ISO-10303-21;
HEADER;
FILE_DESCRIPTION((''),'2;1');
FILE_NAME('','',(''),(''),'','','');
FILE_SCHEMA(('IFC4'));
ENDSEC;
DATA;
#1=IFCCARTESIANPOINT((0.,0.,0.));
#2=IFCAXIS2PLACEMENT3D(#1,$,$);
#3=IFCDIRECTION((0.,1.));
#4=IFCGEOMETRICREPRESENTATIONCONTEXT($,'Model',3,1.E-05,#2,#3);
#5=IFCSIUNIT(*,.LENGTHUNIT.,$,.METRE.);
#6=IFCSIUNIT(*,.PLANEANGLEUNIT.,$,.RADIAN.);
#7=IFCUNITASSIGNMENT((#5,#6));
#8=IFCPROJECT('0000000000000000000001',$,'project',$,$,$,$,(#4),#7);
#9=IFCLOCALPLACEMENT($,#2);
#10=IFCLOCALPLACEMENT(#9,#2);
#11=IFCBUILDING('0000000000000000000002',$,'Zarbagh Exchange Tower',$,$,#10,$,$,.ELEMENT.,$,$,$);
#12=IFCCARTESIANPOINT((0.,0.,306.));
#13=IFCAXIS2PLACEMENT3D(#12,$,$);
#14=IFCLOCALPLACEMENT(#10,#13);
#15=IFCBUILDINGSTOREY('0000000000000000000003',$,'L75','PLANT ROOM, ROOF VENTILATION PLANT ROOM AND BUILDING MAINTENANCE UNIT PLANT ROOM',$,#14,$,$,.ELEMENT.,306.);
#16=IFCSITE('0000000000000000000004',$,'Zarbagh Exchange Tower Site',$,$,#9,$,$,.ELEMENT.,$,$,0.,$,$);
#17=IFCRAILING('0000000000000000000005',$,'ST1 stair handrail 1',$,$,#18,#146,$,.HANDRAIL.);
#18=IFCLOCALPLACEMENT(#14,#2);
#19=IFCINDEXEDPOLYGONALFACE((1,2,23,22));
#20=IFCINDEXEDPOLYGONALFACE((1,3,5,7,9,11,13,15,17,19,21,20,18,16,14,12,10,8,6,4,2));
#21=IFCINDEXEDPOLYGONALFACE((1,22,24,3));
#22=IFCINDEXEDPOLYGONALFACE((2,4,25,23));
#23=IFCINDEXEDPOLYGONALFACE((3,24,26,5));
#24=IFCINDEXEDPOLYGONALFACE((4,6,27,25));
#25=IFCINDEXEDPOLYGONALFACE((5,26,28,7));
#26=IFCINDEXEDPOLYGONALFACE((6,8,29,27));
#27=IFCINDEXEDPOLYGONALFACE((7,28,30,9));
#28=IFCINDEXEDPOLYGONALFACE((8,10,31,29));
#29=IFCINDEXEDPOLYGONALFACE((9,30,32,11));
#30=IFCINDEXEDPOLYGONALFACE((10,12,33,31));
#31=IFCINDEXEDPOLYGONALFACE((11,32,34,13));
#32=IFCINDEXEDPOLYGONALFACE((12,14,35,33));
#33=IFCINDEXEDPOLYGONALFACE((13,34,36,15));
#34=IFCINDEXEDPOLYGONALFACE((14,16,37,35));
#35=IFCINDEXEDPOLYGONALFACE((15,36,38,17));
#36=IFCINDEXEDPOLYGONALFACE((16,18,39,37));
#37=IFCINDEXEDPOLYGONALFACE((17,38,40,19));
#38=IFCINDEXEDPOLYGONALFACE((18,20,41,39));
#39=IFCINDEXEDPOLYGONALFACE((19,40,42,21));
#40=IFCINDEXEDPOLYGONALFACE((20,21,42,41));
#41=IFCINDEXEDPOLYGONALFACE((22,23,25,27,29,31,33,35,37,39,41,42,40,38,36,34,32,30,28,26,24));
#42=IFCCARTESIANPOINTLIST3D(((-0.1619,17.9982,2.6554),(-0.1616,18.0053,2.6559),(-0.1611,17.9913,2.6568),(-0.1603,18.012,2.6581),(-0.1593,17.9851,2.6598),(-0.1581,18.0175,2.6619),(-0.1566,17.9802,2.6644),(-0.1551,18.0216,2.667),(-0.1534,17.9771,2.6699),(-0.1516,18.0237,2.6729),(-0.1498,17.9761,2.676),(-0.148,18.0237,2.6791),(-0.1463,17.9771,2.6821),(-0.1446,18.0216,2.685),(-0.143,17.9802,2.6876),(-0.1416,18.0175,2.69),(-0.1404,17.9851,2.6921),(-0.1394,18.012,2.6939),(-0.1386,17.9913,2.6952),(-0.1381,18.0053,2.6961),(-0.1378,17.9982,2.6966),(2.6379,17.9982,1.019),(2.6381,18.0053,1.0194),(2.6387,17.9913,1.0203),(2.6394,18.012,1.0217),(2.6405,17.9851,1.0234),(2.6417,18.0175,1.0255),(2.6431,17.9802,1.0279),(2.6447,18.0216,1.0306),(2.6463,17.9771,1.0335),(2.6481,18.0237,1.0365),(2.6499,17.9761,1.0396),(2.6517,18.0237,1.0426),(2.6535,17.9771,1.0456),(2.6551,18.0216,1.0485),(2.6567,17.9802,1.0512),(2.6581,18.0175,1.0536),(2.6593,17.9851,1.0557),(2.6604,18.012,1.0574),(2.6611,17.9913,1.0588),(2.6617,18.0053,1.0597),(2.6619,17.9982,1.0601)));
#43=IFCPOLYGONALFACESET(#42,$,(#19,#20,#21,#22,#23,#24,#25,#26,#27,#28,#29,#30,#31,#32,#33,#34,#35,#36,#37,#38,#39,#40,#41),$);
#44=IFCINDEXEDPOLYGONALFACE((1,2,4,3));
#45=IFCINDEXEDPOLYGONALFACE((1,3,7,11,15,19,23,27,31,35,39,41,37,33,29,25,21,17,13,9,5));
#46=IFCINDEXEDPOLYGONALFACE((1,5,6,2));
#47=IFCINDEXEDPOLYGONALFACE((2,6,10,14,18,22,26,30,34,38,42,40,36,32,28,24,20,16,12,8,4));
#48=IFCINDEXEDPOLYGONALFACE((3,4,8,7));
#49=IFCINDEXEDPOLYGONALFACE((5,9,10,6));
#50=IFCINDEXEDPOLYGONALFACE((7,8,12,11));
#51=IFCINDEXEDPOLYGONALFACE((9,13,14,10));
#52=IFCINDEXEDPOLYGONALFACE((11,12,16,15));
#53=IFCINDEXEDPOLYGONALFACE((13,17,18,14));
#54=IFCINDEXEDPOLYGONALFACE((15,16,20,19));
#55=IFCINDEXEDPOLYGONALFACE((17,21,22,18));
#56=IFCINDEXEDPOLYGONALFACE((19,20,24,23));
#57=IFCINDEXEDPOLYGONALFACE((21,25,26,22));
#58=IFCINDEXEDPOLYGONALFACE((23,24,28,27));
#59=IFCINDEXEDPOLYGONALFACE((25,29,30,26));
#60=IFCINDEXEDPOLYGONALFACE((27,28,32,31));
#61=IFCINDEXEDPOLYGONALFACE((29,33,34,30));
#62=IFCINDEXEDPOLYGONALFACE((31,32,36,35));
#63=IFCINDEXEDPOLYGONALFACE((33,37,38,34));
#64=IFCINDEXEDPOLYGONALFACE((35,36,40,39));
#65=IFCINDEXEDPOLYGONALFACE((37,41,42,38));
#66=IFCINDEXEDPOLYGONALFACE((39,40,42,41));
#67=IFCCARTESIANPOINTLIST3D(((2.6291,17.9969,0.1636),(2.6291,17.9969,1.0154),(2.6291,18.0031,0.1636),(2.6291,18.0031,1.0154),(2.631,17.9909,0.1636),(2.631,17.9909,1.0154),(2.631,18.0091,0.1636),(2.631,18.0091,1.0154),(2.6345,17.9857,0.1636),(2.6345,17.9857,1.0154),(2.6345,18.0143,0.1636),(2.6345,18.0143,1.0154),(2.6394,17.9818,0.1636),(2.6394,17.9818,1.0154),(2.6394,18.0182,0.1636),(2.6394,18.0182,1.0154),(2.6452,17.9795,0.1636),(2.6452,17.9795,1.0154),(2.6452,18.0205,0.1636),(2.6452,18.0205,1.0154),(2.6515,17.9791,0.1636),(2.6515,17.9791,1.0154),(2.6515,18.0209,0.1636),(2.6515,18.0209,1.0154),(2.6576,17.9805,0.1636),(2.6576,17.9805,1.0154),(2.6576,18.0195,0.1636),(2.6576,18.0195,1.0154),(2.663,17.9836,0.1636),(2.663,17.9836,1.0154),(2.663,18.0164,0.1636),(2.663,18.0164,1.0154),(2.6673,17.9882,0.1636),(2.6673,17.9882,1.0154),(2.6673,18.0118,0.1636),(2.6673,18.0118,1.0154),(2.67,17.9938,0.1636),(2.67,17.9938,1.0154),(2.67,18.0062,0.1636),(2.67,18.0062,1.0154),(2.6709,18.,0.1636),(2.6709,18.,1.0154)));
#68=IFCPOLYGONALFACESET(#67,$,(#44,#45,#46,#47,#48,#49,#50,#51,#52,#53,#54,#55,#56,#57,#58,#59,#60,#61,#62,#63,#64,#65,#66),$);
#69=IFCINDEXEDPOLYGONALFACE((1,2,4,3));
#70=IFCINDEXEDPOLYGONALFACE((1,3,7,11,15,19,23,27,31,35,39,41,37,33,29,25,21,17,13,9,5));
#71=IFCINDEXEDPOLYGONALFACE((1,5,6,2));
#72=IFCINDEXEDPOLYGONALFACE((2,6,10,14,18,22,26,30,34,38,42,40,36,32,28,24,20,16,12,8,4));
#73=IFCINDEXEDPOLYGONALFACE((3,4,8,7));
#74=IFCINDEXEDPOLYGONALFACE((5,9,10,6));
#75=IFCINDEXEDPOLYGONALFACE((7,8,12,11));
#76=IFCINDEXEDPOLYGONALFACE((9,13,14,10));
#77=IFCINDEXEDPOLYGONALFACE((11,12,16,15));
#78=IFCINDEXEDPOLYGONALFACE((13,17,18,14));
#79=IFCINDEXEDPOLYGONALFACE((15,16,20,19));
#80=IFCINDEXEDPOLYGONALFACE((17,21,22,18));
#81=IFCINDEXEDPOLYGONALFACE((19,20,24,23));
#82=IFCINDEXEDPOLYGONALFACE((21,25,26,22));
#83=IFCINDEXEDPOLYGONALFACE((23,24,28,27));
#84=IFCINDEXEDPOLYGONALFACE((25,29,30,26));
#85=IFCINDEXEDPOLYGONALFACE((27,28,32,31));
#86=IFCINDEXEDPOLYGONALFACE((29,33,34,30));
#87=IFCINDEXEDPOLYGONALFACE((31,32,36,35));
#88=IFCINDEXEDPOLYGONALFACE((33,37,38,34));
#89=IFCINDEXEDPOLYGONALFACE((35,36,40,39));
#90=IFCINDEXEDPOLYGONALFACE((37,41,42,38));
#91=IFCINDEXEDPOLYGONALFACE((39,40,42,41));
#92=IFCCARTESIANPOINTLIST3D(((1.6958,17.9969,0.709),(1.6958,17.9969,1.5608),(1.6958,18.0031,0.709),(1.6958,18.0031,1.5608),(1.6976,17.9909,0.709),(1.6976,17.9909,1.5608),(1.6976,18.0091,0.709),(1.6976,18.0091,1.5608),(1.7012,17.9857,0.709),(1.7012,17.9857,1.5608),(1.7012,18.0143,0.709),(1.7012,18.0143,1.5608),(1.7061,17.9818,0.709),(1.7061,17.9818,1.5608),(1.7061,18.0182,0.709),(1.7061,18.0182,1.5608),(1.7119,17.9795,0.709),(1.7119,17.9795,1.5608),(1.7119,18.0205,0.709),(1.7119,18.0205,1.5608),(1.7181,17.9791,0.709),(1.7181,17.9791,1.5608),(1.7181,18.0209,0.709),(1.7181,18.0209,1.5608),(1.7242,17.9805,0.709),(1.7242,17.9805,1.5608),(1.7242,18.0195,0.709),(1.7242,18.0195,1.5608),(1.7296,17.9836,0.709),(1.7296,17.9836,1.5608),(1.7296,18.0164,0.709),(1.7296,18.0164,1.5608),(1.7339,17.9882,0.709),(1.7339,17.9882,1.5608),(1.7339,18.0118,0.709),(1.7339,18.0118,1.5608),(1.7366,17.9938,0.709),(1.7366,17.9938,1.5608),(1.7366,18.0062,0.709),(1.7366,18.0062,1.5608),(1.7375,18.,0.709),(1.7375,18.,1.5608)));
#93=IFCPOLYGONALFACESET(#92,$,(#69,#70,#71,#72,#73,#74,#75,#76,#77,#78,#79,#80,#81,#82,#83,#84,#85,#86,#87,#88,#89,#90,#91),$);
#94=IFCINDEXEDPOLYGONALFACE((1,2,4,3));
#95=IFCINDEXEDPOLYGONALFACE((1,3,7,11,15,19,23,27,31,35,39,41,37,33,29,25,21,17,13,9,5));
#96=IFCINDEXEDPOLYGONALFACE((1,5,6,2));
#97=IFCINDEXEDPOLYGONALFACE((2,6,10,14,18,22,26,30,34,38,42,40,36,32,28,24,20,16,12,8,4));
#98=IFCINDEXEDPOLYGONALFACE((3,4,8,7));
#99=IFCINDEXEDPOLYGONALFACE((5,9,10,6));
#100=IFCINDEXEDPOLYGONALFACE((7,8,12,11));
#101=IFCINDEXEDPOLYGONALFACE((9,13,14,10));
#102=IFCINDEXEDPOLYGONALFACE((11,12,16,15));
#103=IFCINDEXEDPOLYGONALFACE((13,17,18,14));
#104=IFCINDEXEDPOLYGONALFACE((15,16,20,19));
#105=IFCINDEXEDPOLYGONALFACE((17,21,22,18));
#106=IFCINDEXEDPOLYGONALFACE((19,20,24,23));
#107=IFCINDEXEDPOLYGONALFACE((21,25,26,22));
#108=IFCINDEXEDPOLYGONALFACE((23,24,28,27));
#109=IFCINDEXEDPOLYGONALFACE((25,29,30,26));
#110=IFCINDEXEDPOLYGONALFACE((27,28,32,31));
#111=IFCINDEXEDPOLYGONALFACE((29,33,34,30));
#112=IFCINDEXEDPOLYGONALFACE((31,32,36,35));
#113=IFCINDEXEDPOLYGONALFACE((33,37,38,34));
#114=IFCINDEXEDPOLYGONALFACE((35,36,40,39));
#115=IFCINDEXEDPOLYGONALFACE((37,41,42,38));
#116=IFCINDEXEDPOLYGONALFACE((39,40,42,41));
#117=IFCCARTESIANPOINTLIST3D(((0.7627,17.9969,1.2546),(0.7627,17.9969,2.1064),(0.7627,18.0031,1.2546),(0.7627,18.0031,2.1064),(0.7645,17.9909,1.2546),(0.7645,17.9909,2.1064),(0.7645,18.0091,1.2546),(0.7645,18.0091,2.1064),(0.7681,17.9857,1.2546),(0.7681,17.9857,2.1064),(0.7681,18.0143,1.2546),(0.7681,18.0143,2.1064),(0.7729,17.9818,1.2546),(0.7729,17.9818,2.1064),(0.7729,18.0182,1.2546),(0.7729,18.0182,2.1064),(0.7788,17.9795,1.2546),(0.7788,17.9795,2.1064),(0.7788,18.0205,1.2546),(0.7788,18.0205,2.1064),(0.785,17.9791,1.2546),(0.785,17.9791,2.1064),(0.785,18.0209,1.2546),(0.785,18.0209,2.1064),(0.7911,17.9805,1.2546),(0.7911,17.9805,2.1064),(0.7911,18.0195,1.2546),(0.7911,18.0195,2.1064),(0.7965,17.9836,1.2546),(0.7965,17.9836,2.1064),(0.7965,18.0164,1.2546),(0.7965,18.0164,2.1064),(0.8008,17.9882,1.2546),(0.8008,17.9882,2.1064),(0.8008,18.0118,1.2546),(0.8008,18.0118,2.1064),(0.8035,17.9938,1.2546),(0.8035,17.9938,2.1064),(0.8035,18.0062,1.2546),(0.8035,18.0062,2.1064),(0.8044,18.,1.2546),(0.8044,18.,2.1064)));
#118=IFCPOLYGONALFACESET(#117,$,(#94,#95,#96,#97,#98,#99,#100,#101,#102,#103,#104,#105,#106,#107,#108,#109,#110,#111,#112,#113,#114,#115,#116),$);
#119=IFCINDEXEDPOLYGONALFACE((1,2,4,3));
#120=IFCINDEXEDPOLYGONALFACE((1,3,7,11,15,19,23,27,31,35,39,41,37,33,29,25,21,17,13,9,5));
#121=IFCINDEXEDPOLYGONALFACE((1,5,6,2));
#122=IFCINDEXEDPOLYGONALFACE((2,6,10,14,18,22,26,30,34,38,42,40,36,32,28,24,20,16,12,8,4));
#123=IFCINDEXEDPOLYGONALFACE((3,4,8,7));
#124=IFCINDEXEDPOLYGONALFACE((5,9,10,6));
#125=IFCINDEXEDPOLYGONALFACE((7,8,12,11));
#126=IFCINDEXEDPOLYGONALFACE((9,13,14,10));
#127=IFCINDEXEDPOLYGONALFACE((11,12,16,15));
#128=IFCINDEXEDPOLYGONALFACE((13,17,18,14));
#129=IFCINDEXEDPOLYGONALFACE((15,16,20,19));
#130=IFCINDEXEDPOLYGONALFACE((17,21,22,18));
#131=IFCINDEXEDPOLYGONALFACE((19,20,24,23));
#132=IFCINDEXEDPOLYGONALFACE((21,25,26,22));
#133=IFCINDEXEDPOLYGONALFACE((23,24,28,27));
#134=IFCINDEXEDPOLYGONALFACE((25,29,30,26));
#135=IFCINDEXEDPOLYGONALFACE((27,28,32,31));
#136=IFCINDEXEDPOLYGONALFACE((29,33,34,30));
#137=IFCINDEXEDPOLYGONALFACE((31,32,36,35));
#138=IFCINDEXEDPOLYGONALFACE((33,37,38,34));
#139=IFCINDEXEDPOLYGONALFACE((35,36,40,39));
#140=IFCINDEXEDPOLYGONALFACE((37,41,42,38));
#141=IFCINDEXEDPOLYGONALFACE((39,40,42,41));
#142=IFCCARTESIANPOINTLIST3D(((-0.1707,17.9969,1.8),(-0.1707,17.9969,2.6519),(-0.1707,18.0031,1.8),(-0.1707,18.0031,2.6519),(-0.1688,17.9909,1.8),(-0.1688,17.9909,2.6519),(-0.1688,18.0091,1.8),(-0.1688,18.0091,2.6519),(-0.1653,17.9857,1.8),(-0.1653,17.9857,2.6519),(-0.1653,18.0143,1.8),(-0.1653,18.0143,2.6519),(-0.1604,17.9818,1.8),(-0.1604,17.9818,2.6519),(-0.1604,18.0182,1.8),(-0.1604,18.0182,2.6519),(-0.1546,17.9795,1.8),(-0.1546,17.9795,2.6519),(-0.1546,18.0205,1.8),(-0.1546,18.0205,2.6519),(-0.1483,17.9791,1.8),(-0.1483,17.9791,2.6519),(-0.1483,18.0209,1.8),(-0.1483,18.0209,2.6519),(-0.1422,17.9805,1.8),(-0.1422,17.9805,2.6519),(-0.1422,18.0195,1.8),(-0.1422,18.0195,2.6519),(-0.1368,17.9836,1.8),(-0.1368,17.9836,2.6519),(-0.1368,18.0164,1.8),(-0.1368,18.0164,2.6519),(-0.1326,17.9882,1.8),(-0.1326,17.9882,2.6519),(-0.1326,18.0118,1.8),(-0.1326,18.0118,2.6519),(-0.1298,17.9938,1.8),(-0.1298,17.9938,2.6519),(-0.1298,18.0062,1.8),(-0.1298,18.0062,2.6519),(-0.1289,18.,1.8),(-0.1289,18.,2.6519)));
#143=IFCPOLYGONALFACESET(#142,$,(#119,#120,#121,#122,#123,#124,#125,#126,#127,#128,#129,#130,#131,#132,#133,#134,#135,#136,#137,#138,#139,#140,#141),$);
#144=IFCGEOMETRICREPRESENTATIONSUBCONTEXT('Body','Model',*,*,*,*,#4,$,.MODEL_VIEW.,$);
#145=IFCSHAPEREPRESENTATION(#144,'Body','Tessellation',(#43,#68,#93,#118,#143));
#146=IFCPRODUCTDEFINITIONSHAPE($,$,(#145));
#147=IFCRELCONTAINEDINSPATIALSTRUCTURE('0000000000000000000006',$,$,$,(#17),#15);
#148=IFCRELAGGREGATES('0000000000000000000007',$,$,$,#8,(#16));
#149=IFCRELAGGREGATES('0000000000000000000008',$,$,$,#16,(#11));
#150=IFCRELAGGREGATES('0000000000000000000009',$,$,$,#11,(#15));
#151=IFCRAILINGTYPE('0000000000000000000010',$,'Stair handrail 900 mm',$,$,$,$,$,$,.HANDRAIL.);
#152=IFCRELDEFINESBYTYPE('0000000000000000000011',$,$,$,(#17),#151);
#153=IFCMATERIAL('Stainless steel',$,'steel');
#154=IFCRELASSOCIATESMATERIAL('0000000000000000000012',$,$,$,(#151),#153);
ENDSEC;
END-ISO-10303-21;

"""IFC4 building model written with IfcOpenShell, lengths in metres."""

from ifc_helpers import new_model, si_unit, direction, frame, origin, origin_2d, place, context, subcontext, project, spatial, circle, extrude, material, type_object, element, save


model = new_model("IFC4")

# Units and contexts
model_context = context("Model", 3, precision=1e-05, world=origin(), true_north=direction((0.0, 1.0)))
body_context = subcontext(model_context, "Body", "Model", "MODEL_VIEW")
ifc_project = project(units=[si_unit("LENGTHUNIT", "METRE"), si_unit("PLANEANGLEUNIT", "RADIAN")], contexts=[model_context])

# Site, building, storey
site_placement = place(None, origin())
site = spatial("IfcSite", under=ifc_project, at=site_placement, Name="Zarbagh Exchange Tower Site", CompositionType="ELEMENT", RefElevation=0.0)
building_placement = place(site_placement, origin())
building = spatial("IfcBuilding", under=site, at=building_placement, Name="Zarbagh Exchange Tower", CompositionType="ELEMENT")
storey_placement = place(building_placement, frame((0.0, 0.0, 306.0)))
storey = spatial("IfcBuildingStorey", under=building, at=storey_placement, Name="L75", Description="PLANT ROOM, ROOF VENTILATION PLANT ROOM AND BUILDING MAINTENANCE UNIT PLANT ROOM", CompositionType="ELEMENT", Elevation=306.0)

# Shared definitions
ifc_material_1 = material(Name="Stainless steel", Category="steel")

# Railing
railing_type_1 = type_object("IfcRailingType", Name="Stair handrail 900 mm", PredefinedType="HANDRAIL", material=ifc_material_1)
railing_1_placement = place(storey_placement, frame((2.6499, 18.0, 0.1636)))
element("IfcRailing", 1, at=railing_1_placement, inside=storey, type_object=railing_type_1, Name="ST1 stair handrail 1", PredefinedType="HANDRAIL", context=body_context, shape_type="SweptSolid", body=[
    extrude(circle(Radius=0.0239, at=origin_2d()), frame((0.0, 0.0, 0.876), z_axis=(-0.863342, 0.0, 0.50462), x_axis=(0.0, -1.0, 0.0)), (0.0, 0.0, 1.0), 3.2429),
    extrude(circle(Radius=0.021, at=origin_2d()), origin(), (0.0, 0.0, 1.0), 0.8518),
    extrude(circle(Radius=0.021, at=origin_2d()), frame((-0.9333, 0.0, 0.5454)), (0.0, 0.0, 1.0), 0.8518),
    extrude(circle(Radius=0.021, at=origin_2d()), frame((-1.8665, 0.0, 1.0911)), (0.0, 0.0, 1.0), 0.8518),
    extrude(circle(Radius=0.021, at=origin_2d()), frame((-2.7998, 0.0, 1.6365)), (0.0, 0.0, 1.0), 0.8518),
])

save(model, "model.ifc")
